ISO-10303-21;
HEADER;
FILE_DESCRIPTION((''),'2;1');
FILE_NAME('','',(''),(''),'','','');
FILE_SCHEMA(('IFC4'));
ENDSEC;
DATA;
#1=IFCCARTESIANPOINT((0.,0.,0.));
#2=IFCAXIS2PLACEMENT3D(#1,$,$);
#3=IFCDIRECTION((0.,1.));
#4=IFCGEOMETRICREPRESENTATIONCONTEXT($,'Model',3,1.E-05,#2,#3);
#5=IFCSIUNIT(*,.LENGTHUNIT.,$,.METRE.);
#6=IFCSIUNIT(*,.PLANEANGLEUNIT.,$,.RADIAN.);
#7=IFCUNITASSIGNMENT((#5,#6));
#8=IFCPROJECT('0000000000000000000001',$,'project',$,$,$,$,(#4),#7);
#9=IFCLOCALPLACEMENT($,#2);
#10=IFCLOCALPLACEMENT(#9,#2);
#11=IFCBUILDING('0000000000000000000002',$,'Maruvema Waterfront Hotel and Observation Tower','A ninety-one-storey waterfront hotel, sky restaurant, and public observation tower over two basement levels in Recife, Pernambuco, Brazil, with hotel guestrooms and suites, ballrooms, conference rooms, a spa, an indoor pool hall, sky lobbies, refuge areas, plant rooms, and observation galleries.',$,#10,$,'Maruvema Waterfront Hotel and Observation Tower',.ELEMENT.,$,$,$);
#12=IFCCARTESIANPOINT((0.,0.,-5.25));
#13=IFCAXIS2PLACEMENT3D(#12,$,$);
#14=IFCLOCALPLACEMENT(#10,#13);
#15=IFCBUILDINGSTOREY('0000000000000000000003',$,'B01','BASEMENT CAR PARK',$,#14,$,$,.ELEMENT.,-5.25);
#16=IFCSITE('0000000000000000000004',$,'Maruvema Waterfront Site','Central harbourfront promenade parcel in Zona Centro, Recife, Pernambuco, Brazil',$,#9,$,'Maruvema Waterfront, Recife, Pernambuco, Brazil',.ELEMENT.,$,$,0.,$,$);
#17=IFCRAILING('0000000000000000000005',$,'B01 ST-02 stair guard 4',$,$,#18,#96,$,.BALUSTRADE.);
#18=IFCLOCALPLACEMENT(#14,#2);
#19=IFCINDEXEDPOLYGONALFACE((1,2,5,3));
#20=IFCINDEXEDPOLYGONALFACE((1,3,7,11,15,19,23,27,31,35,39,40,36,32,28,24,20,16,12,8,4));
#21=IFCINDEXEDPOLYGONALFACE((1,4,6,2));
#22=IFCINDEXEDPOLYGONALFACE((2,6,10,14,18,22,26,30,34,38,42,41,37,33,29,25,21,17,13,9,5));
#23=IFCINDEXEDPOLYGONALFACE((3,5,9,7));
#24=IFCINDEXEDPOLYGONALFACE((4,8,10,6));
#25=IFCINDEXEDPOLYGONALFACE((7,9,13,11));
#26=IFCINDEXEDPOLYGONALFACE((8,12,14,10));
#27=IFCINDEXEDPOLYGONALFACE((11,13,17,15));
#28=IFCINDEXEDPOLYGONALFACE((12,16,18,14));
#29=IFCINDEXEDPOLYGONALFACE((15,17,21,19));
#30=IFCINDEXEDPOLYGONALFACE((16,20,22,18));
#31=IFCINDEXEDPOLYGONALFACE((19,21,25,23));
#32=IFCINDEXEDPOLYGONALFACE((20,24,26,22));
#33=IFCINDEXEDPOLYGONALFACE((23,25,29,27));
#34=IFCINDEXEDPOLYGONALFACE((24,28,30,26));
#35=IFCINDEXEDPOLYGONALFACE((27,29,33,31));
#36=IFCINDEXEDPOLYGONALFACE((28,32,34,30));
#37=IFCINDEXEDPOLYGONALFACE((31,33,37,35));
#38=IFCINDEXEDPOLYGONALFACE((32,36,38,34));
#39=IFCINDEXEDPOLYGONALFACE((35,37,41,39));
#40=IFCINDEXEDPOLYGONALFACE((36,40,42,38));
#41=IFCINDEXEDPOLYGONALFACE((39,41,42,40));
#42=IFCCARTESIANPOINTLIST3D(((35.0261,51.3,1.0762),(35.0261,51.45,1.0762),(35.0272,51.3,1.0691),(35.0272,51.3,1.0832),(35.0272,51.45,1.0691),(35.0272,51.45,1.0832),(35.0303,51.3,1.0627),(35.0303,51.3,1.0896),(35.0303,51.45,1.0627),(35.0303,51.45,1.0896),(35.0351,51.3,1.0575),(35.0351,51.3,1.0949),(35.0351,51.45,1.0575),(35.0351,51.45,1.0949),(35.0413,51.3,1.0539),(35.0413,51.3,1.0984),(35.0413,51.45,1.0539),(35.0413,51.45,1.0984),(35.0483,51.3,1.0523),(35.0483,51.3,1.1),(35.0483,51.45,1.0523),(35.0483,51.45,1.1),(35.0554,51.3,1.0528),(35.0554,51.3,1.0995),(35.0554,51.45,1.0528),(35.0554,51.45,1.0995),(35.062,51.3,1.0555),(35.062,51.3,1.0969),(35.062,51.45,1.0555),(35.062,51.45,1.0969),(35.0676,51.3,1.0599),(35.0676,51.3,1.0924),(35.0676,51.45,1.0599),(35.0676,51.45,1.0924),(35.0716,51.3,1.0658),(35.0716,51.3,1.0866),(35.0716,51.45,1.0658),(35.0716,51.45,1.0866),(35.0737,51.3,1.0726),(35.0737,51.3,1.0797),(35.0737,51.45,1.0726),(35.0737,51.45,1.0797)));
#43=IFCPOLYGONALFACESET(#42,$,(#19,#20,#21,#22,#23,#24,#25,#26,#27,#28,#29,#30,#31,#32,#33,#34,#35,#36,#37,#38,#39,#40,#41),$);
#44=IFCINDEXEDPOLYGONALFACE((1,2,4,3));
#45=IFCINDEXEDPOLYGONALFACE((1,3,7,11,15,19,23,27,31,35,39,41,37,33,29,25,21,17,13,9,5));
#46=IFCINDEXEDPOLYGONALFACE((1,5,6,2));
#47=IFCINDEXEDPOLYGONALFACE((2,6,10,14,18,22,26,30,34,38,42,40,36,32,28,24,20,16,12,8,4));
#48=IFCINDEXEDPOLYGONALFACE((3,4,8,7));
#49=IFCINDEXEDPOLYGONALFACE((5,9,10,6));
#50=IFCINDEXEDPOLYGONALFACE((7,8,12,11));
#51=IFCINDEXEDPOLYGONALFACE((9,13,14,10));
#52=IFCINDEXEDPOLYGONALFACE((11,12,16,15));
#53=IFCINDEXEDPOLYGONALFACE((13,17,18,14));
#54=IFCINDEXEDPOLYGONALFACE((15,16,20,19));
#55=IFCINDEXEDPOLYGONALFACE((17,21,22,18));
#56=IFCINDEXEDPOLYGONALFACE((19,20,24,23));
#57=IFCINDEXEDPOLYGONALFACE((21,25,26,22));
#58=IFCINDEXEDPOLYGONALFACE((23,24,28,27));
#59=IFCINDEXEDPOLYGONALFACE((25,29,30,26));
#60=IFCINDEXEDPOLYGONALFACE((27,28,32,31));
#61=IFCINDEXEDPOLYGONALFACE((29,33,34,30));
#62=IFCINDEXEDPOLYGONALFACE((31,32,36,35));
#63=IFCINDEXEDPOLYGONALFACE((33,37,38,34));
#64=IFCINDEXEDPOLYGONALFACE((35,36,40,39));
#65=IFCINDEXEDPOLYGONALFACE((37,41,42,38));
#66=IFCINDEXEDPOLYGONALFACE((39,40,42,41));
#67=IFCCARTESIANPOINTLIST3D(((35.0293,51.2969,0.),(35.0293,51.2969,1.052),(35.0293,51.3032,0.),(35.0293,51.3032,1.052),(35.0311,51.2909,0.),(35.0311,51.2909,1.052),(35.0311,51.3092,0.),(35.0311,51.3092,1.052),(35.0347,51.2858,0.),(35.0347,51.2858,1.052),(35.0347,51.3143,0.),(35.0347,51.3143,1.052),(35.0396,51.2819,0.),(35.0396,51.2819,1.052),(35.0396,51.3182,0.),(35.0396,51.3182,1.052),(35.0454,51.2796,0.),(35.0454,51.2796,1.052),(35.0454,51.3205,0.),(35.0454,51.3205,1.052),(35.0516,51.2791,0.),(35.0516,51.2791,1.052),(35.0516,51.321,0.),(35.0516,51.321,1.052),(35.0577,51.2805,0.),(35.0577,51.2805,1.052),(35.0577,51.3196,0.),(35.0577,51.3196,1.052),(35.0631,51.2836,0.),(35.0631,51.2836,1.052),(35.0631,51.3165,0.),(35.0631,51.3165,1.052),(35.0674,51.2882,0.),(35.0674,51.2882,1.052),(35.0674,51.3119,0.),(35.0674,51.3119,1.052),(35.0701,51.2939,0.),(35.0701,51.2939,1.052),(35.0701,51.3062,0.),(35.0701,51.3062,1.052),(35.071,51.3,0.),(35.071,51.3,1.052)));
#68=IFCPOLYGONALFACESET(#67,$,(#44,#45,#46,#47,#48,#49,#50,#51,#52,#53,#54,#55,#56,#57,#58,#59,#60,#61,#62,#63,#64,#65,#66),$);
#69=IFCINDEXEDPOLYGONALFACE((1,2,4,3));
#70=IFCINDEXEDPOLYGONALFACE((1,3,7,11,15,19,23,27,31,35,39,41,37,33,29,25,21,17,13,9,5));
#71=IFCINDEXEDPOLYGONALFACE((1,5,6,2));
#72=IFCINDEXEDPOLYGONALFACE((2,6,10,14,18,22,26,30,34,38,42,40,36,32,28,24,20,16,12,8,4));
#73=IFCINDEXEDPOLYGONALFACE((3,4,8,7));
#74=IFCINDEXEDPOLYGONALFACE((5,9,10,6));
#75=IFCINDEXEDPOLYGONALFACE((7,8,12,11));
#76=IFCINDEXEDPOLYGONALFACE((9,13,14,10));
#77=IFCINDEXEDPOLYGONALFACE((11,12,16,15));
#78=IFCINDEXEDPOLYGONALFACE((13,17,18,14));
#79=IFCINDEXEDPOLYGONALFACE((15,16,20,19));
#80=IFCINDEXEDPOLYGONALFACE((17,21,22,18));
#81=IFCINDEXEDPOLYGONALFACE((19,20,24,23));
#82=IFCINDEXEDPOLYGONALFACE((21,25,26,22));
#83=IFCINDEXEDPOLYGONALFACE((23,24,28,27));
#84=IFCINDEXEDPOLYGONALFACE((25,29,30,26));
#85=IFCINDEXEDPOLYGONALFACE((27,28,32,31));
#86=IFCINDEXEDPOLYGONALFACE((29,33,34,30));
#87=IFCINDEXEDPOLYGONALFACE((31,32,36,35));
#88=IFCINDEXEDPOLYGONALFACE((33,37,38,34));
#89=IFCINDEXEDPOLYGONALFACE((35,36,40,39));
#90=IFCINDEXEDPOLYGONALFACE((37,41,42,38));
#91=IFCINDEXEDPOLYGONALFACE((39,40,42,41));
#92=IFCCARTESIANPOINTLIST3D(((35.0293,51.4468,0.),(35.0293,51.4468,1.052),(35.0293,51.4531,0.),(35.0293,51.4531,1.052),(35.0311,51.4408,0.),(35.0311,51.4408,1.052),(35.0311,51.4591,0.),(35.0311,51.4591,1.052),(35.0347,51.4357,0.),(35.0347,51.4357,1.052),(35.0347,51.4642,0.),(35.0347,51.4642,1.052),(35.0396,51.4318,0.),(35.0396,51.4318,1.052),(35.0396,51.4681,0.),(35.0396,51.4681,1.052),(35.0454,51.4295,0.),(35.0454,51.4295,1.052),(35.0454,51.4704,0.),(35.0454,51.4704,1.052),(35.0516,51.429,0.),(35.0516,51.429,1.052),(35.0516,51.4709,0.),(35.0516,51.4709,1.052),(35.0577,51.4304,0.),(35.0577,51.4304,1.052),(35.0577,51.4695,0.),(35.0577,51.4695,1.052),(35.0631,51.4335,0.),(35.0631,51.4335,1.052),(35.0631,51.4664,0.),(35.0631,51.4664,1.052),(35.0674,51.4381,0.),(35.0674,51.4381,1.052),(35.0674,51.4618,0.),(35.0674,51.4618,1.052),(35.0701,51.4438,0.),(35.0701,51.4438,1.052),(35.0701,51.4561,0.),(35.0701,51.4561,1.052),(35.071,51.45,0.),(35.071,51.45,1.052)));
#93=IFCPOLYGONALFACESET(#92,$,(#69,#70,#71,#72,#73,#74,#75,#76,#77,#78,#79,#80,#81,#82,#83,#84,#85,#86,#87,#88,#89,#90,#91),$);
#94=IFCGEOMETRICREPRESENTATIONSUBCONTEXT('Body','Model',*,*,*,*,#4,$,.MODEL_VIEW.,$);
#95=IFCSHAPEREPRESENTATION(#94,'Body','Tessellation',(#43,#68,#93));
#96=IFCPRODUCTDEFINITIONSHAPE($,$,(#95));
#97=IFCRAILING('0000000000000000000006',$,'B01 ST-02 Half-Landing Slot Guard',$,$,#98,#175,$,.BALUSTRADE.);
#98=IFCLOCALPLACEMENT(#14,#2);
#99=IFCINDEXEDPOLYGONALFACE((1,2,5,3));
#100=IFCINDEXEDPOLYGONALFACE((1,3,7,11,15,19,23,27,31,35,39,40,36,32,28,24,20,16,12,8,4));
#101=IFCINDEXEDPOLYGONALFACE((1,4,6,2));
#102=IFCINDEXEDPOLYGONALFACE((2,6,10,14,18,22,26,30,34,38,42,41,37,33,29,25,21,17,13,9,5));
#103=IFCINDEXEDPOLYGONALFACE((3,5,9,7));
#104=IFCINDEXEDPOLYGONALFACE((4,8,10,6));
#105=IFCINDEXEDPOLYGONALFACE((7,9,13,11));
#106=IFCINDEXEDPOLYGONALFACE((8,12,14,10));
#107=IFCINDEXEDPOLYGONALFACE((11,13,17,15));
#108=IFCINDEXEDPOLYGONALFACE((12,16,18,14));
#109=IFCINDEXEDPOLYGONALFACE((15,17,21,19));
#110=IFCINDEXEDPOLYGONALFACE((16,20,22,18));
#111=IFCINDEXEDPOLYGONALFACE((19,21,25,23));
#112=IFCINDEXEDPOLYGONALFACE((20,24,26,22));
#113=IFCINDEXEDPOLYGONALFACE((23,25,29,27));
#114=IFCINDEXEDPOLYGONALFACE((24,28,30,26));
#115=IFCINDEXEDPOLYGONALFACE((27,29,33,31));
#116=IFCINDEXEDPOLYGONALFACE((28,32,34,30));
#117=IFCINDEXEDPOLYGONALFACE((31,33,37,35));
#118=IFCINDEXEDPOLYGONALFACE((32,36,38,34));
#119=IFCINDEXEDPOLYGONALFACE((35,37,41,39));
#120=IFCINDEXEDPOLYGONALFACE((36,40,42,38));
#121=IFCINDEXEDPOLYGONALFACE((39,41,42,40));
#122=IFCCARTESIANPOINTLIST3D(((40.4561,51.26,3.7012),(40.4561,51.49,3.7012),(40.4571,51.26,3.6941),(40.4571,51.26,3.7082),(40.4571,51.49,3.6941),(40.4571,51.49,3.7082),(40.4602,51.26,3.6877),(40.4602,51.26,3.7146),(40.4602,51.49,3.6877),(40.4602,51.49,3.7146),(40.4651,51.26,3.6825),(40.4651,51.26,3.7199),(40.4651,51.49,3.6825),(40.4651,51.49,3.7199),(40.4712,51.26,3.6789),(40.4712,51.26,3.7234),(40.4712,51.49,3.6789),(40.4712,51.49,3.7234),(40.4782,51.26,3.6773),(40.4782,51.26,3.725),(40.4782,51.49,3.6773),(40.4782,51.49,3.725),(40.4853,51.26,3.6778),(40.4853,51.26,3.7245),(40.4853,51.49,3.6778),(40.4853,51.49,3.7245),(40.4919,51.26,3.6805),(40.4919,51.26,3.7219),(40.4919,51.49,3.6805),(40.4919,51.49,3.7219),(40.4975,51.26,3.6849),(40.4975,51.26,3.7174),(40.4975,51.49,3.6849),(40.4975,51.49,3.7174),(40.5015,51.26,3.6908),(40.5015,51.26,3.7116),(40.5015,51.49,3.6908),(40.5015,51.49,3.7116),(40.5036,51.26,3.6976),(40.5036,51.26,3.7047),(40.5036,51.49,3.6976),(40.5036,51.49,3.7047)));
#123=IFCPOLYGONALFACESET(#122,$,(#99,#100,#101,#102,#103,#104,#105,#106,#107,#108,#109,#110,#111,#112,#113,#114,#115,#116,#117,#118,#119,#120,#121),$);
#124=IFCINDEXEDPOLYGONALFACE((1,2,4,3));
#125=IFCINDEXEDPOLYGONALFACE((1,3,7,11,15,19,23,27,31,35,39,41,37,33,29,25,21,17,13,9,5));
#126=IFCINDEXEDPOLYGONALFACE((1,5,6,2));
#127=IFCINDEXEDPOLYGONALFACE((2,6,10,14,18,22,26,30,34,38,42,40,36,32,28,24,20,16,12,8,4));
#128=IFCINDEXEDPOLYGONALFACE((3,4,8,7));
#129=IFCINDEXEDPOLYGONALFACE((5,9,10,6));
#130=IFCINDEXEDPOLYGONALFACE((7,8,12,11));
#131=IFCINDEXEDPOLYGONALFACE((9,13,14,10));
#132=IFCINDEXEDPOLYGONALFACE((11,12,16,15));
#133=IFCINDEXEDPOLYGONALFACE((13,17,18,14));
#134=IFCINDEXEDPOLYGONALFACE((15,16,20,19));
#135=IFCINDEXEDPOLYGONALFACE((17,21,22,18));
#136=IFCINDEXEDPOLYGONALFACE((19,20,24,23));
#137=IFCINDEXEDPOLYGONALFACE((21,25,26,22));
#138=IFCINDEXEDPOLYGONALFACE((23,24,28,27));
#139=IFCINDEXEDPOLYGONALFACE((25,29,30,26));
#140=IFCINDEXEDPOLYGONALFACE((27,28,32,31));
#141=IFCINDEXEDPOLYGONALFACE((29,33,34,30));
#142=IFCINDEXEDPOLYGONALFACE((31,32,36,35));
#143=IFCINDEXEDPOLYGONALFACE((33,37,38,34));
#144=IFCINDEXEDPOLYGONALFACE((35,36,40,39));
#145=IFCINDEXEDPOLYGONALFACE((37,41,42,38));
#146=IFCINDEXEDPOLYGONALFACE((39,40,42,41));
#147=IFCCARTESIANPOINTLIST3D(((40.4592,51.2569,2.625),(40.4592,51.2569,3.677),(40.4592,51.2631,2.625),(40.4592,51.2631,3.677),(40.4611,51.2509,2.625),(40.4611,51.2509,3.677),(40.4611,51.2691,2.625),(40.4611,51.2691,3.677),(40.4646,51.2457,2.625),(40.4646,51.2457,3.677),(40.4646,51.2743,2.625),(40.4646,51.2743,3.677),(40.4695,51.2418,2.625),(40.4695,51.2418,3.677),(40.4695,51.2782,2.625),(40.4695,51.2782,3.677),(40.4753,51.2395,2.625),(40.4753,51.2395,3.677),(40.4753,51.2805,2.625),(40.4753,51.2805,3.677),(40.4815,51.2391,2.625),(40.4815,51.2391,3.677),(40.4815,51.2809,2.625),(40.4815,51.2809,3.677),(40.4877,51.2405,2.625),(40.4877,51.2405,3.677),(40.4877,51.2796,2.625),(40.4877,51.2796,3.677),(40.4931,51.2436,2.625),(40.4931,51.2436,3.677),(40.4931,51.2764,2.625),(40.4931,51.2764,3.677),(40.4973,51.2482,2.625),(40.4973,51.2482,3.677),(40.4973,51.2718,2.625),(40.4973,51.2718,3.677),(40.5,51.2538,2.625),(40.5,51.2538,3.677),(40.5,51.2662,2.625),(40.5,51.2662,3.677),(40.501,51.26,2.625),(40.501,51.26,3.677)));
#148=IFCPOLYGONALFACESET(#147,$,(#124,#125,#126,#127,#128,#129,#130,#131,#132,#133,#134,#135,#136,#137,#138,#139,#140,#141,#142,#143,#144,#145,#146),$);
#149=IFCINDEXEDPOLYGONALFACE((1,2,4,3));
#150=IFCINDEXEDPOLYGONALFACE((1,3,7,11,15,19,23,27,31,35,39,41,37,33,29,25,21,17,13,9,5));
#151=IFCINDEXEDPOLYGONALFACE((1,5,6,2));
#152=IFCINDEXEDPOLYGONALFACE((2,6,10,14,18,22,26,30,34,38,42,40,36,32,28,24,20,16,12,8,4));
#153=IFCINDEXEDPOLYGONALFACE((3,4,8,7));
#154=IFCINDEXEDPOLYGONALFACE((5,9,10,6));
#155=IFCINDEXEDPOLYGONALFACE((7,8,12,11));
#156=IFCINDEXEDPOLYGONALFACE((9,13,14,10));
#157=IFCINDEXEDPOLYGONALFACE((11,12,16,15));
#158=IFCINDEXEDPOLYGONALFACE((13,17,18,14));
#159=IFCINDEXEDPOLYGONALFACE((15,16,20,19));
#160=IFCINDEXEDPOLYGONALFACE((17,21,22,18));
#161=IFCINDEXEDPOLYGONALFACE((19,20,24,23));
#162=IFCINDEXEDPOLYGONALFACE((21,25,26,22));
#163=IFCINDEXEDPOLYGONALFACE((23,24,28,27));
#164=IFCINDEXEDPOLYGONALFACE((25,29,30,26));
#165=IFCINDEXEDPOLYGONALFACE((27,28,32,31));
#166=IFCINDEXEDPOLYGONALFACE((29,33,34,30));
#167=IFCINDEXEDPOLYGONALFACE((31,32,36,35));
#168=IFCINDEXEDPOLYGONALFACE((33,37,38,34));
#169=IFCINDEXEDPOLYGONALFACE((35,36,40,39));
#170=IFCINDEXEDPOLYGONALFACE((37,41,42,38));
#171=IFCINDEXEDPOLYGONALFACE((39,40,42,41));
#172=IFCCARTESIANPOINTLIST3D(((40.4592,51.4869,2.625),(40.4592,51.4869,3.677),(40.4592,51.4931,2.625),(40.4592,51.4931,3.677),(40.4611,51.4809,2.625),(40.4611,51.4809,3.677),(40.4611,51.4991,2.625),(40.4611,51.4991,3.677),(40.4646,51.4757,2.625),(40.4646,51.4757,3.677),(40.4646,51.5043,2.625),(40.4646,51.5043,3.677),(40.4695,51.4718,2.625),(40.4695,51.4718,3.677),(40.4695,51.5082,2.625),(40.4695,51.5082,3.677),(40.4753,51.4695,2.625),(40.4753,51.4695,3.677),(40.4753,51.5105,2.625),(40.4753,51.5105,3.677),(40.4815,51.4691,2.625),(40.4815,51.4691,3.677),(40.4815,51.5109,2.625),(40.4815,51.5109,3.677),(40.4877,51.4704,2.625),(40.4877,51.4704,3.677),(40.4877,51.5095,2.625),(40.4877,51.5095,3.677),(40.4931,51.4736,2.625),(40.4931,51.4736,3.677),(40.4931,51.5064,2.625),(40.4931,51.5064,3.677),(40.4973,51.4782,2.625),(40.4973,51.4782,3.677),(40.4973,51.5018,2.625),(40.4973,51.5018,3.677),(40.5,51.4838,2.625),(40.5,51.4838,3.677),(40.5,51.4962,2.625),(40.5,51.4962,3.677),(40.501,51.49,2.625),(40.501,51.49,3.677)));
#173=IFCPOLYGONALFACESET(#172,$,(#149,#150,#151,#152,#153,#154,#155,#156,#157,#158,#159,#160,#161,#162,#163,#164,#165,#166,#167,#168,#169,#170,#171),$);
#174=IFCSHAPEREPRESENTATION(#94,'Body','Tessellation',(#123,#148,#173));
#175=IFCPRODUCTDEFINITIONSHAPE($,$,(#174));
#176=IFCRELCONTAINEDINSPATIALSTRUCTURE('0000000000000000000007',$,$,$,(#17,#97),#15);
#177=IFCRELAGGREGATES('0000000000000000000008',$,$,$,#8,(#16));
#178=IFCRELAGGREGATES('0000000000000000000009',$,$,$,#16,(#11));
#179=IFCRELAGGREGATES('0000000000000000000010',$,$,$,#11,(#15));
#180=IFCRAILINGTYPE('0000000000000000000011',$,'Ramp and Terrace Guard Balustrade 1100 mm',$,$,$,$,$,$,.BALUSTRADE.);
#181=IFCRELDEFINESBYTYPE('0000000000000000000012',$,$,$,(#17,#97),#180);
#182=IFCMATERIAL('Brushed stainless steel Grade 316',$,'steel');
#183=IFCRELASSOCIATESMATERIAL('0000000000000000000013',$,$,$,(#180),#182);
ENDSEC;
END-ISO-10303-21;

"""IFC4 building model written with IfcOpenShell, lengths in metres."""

from ifc_helpers import new_model, si_unit, direction, frame, origin, origin_2d, place, context, subcontext, project, spatial, circle, extrude, material, type_object, element, save


model = new_model("IFC4")

# Units and contexts
model_context = context("Model", 3, precision=1e-05, world=origin(), true_north=direction((0.0, 1.0)))
body_context = subcontext(model_context, "Body", "Model", "MODEL_VIEW")
ifc_project = project(units=[si_unit("LENGTHUNIT", "METRE"), si_unit("PLANEANGLEUNIT", "RADIAN")], contexts=[model_context])

# Site, building, storey
site_placement = place(None, origin())
site = spatial("IfcSite", under=ifc_project, at=site_placement, Name="Maruvema Waterfront Site", Description="Central harbourfront promenade parcel in Zona Centro, Recife, Pernambuco, Brazil", LongName="Maruvema Waterfront, Recife, Pernambuco, Brazil", CompositionType="ELEMENT", RefElevation=0.0)
building_placement = place(site_placement, origin())
building = spatial("IfcBuilding", under=site, at=building_placement, Name="Maruvema Waterfront Hotel and Observation Tower", Description="A ninety-one-storey waterfront hotel, sky restaurant, and public observation tower over two basement levels in Recife, Pernambuco, Brazil, with hotel guestrooms and suites, ballrooms, conference rooms, a spa, an indoor pool hall, sky lobbies, refuge areas, plant rooms, and observation galleries.", LongName="Maruvema Waterfront Hotel and Observation Tower", CompositionType="ELEMENT")
storey_placement = place(building_placement, frame((0.0, 0.0, -5.25)))
storey = spatial("IfcBuildingStorey", under=building, at=storey_placement, Name="B01", Description="BASEMENT CAR PARK", CompositionType="ELEMENT", Elevation=-5.25)

# Railings
ifc_material_1 = material(Name="Brushed stainless steel Grade 316", Category="steel")
railing_type_1 = type_object("IfcRailingType", Name="Ramp and Terrace Guard Balustrade 1100 mm", PredefinedType="BALUSTRADE", material=ifc_material_1)
railing_1_placement = place(storey_placement, frame((35.05, 51.3, 0.0)))
element("IfcRailing", 1, at=railing_1_placement, inside=storey, type_object=railing_type_1, Name="B01 ST-02 stair guard 4", PredefinedType="BALUSTRADE", context=body_context, shape_type="SweptSolid", body=[
    extrude(circle(Radius=0.0239, at=origin_2d()), frame((0.0, 0.0, 1.0762), z_axis=(0.0, 1.0, 0.0), x_axis=(-1.0, 0.0, 0.0)), (0.0, 0.0, 1.0), 0.1499),
    extrude(circle(Radius=0.021, at=origin_2d()), origin(), (0.0, 0.0, 1.0), 1.052),
    extrude(circle(Radius=0.021, at=origin_2d()), frame((0.0, 0.1499, 0.0)), (0.0, 0.0, 1.0), 1.052),
])
railing_2_placement = place(storey_placement, frame((40.48, 51.26, 2.625)))
element("IfcRailing", 2, at=railing_2_placement, inside=storey, type_object=railing_type_1, Name="B01 ST-02 Half-Landing Slot Guard", PredefinedType="BALUSTRADE", context=body_context, shape_type="SweptSolid", body=[
    extrude(circle(Radius=0.0239, at=origin_2d()), frame((0.0, 0.0, 1.0762), z_axis=(0.0, 1.0, 0.0), x_axis=(-1.0, 0.0, 0.0)), (0.0, 0.0, 1.0), 0.23),
    extrude(circle(Radius=0.021, at=origin_2d()), origin(), (0.0, 0.0, 1.0), 1.052),
    extrude(circle(Radius=0.021, at=origin_2d()), frame((0.0, 0.23, 0.0)), (0.0, 0.0, 1.0), 1.052),
])

save(model, "model.ifc")
